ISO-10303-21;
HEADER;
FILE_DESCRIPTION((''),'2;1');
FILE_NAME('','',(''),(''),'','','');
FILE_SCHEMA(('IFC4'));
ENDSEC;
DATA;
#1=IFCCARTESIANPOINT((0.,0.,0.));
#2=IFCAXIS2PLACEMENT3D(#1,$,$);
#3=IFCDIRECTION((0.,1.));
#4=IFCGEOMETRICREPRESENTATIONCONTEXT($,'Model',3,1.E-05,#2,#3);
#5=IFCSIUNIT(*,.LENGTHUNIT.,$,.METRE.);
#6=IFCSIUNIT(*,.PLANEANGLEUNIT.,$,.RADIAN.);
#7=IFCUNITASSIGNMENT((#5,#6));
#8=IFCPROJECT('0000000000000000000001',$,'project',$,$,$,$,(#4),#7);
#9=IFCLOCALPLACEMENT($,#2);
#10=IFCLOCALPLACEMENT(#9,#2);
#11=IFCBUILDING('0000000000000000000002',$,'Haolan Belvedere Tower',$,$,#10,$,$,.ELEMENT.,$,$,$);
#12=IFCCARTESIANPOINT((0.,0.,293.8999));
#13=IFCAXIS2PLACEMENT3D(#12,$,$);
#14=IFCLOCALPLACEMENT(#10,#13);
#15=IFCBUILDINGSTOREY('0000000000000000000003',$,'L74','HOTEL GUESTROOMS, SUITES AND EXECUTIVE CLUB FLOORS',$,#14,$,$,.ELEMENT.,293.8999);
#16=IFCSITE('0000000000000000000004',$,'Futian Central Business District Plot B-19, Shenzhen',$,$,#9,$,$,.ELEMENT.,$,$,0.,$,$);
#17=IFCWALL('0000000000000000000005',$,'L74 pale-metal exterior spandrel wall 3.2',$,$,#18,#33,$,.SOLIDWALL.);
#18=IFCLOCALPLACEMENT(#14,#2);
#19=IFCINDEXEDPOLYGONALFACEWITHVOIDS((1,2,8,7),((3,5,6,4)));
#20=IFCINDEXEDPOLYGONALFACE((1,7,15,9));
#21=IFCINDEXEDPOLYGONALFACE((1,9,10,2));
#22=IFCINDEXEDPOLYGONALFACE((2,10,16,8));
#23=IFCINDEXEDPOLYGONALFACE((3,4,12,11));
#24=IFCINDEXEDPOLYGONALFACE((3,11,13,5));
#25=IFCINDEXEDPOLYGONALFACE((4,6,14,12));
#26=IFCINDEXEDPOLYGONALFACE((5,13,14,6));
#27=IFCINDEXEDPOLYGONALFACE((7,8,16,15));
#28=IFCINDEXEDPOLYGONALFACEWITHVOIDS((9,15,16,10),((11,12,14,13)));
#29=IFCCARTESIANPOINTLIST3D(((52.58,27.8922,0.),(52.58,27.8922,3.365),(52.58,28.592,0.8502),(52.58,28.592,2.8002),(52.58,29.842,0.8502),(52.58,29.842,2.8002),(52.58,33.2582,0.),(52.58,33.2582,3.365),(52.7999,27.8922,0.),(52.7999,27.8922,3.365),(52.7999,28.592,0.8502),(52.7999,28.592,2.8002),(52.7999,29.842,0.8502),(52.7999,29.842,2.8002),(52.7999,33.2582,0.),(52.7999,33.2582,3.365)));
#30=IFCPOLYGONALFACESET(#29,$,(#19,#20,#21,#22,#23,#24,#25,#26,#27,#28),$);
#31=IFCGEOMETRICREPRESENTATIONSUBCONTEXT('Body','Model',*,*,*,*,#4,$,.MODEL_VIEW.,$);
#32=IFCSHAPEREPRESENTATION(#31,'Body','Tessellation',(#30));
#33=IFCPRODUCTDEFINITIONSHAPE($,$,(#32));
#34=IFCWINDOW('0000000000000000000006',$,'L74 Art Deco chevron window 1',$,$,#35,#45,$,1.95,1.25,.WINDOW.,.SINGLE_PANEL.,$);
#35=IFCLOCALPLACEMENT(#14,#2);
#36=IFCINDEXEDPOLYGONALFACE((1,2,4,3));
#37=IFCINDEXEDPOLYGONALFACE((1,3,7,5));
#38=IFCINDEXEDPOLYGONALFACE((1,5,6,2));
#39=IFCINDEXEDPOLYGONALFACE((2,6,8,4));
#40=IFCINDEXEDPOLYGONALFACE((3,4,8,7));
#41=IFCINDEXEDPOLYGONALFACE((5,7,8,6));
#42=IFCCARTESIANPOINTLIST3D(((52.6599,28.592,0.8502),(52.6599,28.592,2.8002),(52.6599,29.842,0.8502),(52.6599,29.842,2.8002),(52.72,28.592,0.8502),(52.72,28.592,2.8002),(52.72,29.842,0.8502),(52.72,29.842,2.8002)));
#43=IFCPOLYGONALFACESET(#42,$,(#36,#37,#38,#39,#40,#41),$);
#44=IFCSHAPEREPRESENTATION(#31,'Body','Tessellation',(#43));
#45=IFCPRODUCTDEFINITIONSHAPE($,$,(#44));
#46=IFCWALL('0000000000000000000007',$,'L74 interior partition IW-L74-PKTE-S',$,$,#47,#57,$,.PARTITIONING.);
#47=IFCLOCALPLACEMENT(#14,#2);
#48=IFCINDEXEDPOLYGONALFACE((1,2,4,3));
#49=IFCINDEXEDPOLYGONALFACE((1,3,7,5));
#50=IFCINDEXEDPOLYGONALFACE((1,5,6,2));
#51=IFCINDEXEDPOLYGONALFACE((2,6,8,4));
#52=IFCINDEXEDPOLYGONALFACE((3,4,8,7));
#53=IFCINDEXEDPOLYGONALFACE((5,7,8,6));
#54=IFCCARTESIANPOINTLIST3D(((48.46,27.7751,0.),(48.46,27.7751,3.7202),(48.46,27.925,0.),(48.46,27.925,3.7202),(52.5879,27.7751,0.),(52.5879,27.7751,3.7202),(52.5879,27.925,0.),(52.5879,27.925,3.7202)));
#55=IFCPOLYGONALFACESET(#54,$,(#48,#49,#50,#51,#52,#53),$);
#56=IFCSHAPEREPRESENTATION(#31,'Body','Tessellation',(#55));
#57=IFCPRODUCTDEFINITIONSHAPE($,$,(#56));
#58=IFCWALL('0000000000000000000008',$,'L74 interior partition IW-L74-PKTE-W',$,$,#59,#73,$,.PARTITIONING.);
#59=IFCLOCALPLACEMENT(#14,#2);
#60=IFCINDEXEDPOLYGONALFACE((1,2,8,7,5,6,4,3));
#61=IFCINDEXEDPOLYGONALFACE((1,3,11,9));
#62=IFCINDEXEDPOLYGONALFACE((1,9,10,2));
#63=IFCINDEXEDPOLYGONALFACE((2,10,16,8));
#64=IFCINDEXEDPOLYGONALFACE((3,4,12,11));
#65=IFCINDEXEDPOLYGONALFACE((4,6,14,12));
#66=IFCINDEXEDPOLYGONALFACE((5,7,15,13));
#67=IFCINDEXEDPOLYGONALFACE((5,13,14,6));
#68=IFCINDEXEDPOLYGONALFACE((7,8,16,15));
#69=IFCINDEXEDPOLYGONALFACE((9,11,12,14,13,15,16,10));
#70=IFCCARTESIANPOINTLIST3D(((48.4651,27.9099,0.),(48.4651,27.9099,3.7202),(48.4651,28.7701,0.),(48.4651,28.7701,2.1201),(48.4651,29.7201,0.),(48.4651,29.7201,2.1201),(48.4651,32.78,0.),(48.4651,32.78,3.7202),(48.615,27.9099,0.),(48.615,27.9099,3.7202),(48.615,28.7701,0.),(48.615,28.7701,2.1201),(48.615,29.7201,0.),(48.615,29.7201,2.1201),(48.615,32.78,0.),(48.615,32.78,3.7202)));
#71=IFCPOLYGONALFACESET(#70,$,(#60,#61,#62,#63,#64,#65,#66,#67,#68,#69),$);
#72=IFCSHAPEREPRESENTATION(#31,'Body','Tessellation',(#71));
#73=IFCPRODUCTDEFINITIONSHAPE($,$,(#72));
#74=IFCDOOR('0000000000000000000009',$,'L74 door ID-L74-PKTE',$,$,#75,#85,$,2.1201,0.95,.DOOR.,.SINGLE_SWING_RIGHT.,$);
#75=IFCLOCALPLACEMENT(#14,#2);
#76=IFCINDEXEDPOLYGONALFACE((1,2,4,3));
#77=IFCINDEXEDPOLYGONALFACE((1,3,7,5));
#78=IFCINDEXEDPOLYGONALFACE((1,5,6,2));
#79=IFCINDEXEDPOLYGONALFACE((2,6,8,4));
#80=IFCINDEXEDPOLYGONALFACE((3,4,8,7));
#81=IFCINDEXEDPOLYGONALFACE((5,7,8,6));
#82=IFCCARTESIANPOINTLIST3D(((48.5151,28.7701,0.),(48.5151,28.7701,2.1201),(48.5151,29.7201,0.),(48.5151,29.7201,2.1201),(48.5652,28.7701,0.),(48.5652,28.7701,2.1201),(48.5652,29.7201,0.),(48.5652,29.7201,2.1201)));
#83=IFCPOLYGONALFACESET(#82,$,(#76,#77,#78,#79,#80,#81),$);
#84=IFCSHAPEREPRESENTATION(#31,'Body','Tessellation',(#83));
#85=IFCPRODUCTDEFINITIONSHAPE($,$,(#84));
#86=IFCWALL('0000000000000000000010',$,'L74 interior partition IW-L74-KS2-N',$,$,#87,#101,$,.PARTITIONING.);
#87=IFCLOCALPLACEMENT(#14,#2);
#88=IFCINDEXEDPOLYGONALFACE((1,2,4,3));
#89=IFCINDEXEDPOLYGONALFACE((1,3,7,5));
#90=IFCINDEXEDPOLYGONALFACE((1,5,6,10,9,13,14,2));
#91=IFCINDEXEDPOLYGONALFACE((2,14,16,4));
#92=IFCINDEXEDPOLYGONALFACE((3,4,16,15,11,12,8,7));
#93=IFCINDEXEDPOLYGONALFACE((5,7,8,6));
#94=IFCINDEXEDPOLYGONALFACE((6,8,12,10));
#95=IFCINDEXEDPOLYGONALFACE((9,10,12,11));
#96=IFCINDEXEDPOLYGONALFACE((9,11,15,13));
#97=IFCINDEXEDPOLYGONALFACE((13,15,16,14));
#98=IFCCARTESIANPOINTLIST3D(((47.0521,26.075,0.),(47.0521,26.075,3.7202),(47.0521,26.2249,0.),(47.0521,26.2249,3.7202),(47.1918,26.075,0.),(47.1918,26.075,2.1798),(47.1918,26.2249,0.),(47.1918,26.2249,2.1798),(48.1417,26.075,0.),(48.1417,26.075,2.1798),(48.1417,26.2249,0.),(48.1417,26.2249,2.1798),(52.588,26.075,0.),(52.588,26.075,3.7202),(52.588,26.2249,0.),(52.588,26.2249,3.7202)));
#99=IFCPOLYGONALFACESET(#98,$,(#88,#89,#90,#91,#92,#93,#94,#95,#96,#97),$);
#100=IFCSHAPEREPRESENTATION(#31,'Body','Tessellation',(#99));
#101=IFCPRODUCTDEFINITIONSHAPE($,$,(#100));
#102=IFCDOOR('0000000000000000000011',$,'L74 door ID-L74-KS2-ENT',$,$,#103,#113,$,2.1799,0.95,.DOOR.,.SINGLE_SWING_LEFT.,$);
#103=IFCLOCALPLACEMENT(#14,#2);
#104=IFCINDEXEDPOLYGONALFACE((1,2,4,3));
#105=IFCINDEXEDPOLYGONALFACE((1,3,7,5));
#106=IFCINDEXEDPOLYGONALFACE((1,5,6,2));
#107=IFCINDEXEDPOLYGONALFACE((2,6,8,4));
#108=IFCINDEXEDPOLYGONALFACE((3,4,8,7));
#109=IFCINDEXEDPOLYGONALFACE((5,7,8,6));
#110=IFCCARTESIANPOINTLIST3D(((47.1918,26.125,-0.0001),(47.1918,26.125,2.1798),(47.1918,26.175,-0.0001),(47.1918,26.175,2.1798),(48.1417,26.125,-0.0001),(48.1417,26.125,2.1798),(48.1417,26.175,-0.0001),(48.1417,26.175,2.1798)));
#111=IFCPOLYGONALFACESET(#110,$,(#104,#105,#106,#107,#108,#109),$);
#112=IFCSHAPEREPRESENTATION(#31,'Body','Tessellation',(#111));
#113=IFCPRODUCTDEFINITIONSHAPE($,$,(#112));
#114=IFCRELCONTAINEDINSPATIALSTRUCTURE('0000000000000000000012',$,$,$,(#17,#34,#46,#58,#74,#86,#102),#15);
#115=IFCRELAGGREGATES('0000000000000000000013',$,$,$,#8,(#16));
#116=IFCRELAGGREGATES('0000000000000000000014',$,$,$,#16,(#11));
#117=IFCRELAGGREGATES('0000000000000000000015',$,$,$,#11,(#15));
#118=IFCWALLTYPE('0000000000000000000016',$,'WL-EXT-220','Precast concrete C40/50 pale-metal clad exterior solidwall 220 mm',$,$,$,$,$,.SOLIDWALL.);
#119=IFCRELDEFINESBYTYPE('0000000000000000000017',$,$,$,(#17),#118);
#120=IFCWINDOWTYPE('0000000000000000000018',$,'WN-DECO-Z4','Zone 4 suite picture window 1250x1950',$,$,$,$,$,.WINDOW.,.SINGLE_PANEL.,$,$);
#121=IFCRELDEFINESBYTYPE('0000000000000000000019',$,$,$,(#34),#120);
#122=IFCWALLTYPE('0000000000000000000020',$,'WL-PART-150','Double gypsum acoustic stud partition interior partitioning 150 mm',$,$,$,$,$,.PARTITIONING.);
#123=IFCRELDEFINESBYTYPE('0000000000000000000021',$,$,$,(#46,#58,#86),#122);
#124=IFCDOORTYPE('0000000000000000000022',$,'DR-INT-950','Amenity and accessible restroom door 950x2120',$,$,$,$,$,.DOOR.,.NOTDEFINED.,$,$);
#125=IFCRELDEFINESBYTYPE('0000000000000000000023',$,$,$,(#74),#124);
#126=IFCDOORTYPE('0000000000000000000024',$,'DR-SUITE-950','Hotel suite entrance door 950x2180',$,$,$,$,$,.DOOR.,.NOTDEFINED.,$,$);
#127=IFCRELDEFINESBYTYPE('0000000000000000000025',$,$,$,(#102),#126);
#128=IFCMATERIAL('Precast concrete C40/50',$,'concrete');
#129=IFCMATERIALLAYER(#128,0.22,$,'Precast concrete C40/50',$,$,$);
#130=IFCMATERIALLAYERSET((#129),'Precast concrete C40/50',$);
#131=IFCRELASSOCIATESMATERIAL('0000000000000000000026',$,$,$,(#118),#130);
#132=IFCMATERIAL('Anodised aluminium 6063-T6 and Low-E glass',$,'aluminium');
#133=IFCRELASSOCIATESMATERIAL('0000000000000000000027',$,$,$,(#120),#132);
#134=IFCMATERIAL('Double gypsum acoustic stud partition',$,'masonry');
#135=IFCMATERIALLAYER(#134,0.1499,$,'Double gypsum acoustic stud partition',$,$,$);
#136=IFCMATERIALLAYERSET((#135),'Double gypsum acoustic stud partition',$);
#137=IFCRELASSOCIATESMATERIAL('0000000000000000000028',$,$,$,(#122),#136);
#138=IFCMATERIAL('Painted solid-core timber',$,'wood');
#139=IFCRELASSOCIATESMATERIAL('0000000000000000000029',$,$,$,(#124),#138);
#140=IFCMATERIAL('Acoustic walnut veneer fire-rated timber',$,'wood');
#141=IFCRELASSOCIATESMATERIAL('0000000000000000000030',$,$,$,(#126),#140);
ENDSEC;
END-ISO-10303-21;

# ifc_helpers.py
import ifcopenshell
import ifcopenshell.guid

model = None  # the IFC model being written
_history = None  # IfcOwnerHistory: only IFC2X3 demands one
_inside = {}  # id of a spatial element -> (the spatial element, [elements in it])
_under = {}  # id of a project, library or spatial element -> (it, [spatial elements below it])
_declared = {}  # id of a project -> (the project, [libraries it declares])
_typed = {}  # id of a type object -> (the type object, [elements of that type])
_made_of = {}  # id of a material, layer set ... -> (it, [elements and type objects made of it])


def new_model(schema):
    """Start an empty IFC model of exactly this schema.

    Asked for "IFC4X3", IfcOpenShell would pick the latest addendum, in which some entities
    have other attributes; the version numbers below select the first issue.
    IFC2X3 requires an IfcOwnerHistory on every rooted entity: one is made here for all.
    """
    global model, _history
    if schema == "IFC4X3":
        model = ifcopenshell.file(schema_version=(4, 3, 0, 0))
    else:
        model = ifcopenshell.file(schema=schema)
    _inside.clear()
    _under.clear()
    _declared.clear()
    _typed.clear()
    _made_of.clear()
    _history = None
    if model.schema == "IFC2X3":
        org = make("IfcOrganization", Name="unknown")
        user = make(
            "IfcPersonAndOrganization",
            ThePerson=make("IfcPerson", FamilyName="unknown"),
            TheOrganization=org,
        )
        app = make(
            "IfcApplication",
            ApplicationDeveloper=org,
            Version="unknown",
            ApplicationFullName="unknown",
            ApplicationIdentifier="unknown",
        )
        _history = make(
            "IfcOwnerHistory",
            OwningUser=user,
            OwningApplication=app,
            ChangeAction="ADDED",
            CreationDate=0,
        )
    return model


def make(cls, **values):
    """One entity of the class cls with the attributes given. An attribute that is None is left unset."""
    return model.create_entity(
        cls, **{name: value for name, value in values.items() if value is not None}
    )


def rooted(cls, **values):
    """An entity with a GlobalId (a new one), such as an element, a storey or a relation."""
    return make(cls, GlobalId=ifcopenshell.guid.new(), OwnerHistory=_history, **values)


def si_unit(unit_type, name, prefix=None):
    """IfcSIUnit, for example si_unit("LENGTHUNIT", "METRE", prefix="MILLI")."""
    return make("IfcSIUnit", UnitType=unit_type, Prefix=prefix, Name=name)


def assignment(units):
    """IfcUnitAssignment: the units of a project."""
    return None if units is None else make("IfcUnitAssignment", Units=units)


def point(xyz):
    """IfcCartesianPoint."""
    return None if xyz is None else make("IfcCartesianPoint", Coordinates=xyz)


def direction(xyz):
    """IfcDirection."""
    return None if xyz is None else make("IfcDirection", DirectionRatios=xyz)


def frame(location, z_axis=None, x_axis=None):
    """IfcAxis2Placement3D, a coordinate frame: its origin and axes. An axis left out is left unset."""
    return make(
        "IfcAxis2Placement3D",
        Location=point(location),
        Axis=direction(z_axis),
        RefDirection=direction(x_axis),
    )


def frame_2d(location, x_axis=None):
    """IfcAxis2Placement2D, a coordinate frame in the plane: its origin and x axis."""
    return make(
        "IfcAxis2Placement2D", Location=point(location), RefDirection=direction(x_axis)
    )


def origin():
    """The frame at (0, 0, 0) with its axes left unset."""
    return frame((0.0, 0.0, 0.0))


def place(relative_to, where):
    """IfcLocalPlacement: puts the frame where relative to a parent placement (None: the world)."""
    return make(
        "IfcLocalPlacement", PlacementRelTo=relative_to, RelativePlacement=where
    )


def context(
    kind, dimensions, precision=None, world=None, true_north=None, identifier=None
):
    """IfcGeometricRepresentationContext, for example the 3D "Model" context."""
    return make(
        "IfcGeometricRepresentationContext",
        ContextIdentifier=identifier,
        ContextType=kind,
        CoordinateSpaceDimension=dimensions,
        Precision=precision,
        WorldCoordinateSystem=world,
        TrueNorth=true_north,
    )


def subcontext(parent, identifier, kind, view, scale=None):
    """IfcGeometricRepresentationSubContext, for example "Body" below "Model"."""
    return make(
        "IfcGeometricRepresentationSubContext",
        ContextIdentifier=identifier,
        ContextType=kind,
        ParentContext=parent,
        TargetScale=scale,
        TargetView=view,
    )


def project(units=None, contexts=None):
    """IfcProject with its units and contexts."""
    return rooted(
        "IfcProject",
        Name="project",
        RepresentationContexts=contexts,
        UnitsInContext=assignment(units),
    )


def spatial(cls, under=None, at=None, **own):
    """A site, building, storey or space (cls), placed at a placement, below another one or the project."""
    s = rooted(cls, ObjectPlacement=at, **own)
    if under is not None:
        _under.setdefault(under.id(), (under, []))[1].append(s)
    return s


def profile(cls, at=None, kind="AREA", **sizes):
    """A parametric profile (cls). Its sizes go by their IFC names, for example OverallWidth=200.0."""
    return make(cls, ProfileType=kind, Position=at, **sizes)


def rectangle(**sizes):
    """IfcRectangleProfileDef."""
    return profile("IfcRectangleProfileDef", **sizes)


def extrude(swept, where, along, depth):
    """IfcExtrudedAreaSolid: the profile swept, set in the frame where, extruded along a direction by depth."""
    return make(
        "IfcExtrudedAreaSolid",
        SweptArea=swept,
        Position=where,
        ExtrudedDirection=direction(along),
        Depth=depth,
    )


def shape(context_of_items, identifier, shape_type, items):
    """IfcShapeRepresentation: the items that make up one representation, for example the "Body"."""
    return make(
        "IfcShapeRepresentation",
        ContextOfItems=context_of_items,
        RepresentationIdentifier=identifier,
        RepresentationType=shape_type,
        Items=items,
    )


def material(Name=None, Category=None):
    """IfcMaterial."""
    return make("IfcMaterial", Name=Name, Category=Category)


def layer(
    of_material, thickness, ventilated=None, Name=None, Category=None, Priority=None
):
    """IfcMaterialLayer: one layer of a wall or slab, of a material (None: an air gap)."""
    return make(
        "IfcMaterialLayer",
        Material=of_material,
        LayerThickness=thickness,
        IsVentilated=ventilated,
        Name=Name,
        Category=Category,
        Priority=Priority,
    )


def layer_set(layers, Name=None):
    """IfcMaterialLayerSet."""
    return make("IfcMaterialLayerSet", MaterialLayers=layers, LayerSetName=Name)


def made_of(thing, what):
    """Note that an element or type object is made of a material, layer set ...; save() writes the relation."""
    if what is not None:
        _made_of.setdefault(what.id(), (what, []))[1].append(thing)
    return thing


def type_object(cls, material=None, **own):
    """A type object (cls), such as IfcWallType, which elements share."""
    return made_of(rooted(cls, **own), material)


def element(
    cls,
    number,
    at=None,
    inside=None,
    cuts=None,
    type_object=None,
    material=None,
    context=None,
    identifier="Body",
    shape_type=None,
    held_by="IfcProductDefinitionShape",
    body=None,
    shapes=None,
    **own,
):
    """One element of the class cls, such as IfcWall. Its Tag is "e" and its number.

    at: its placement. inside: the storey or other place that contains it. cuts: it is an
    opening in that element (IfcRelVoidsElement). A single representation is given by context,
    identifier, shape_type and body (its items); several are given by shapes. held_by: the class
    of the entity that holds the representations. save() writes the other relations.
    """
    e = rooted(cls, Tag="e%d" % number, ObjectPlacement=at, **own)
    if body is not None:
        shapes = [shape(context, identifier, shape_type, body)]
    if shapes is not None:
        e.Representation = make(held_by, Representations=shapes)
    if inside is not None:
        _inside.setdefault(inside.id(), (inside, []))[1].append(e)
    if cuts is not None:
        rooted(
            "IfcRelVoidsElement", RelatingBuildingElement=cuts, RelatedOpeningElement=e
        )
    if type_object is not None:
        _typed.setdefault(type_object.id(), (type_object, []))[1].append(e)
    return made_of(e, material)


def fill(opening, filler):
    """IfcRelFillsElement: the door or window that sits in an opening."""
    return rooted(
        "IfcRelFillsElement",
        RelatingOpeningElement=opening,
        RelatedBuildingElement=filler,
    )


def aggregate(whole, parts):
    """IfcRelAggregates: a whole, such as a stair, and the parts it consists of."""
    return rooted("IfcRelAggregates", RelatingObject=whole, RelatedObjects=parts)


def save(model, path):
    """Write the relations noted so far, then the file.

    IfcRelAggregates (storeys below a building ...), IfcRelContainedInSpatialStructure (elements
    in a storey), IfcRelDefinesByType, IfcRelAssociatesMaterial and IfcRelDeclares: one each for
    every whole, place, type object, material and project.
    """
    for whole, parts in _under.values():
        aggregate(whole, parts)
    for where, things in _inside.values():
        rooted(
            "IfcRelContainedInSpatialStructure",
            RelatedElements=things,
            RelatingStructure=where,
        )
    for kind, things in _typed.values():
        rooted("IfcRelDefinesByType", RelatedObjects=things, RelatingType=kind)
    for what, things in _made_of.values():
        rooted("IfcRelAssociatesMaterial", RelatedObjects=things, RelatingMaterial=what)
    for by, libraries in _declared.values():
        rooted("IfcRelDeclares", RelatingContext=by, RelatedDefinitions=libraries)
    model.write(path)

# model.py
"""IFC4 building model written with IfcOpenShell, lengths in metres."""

from ifc_helpers import new_model, si_unit, direction, frame, frame_2d, origin, place, context, subcontext, project, spatial, rectangle, extrude, material, layer, layer_set, type_object, element, fill, save


model = new_model("IFC4")

# Units and contexts
model_context = context("Model", 3, precision=1e-05, world=origin(), true_north=direction((0.0, 1.0)))
body_context = subcontext(model_context, "Body", "Model", "MODEL_VIEW")
ifc_project = project(units=[si_unit("LENGTHUNIT", "METRE"), si_unit("PLANEANGLEUNIT", "RADIAN")], contexts=[model_context])

# Site, building, storey
site_placement = place(None, origin())
site = spatial("IfcSite", under=ifc_project, at=site_placement, Name="Futian Central Business District Plot B-19, Shenzhen", CompositionType="ELEMENT", RefElevation=0.0)
building_placement = place(site_placement, origin())
building = spatial("IfcBuilding", under=site, at=building_placement, Name="Haolan Belvedere Tower", CompositionType="ELEMENT")
storey_placement = place(building_placement, frame((0.0, 0.0, 293.8999)))
storey = spatial("IfcBuildingStorey", under=building, at=storey_placement, Name="L74", Description="HOTEL GUESTROOMS, SUITES AND EXECUTIVE CLUB FLOORS", CompositionType="ELEMENT", Elevation=293.8999)

# Wall, opening, window
ifc_material_1 = material(Name="Precast concrete C40/50", Category="concrete")
ifc_layer_1 = layer(ifc_material_1, 0.22, Name="Precast concrete C40/50")
ifc_layer_set_1 = layer_set([ifc_layer_1], Name="Precast concrete C40/50")
wall_type_1 = type_object("IfcWallType", Name="WL-EXT-220", Description="Precast concrete C40/50 pale-metal clad exterior solidwall 220 mm", PredefinedType="SOLIDWALL", material=ifc_layer_set_1)
ifc_material_2 = material(Name="Anodised aluminium 6063-T6 and Low-E glass", Category="aluminium")
window_type = type_object("IfcWindowType", Name="WN-DECO-Z4", Description="Zone 4 suite picture window 1250x1950", PartitioningType="SINGLE_PANEL", PredefinedType="WINDOW", material=ifc_material_2)
wall_1_placement = place(storey_placement, frame((52.6899, 27.8921, 0.0), z_axis=(0.0, 0.0, 1.0), x_axis=(0.0, 1.0, 0.0)))
wall_1 = element("IfcWall", 1, at=wall_1_placement, inside=storey, type_object=wall_type_1, Name="L74 pale-metal exterior spandrel wall 3.2", PredefinedType="SOLIDWALL", context=body_context, shape_type="SweptSolid", body=[
    extrude(rectangle(XDim=5.366, YDim=0.22, at=frame_2d((2.6831, 0.0))), origin(), (0.0, 0.0, 1.0), 3.365),
])
opening_1_placement = place(wall_1_placement, frame((0.7, 0.0, 0.8501)))
opening_1 = element("IfcOpeningElement", 2, at=opening_1_placement, cuts=wall_1, PredefinedType="OPENING", context=body_context, shape_type="SweptSolid", body=[
    extrude(rectangle(XDim=1.25, YDim=1.95, at=frame_2d((0.625, 0.9751))), frame((0.0, 0.1199, 0.0), z_axis=(0.0, -1.0, 0.0), x_axis=(1.0, 0.0, 0.0)), (0.0, 0.0, 1.0), 0.24),
])
window_1_placement = place(opening_1_placement, origin())
window_1 = element("IfcWindow", 3, at=window_1_placement, inside=storey, type_object=window_type, Name="L74 Art Deco chevron window 1", OverallHeight=1.95, OverallWidth=1.25, PartitioningType="SINGLE_PANEL", PredefinedType="WINDOW", context=body_context, shape_type="SweptSolid", body=[
    extrude(rectangle(XDim=1.25, YDim=1.95, at=frame_2d((0.625, 0.9751))), frame((0.0, 0.03, 0.0), z_axis=(0.0, -1.0, 0.0), x_axis=(1.0, 0.0, 0.0)), (0.0, 0.0, 1.0), 0.0601),
])
fill(opening_1, window_1)

# Wall
ifc_material_3 = material(Name="Double gypsum acoustic stud partition", Category="masonry")
ifc_layer_2 = layer(ifc_material_3, 0.1499, Name="Double gypsum acoustic stud partition")
ifc_layer_set_2 = layer_set([ifc_layer_2], Name="Double gypsum acoustic stud partition")
wall_type_2 = type_object("IfcWallType", Name="WL-PART-150", Description="Double gypsum acoustic stud partition interior partitioning 150 mm", PredefinedType="PARTITIONING", material=ifc_layer_set_2)
wall_2_placement = place(storey_placement, frame((48.46, 27.8501, 0.0), z_axis=(0.0, 0.0, 1.0), x_axis=(1.0, 0.0, 0.0)))
element("IfcWall", 4, at=wall_2_placement, inside=storey, type_object=wall_type_2, Name="L74 interior partition IW-L74-PKTE-S", PredefinedType="PARTITIONING", context=body_context, shape_type="SweptSolid", body=[
    extrude(rectangle(XDim=4.1279, YDim=0.1499, at=frame_2d((2.064, 0.0))), origin(), (0.0, 0.0, 1.0), 3.7202),
])

# Walls, openings, doors
wall_3_placement = place(storey_placement, frame((48.54, 27.9099, 0.0), z_axis=(0.0, 0.0, 1.0), x_axis=(0.0, 1.0, 0.0)))
wall_3 = element("IfcWall", 5, at=wall_3_placement, inside=storey, type_object=wall_type_2, Name="L74 interior partition IW-L74-PKTE-W", PredefinedType="PARTITIONING", context=body_context, shape_type="SweptSolid", body=[
    extrude(rectangle(XDim=4.8701, YDim=0.1499, at=frame_2d((2.4351, 0.0))), origin(), (0.0, 0.0, 1.0), 3.7202),
])
opening_2_placement = place(wall_3_placement, frame((0.8601, 0.0, 0.0)))
opening_2 = element("IfcOpeningElement", 6, at=opening_2_placement, cuts=wall_3, PredefinedType="OPENING", context=body_context, shape_type="SweptSolid", body=[
    extrude(rectangle(XDim=0.95, YDim=2.1201, at=frame_2d((0.4751, 1.0601))), frame((0.0, 0.085, 0.0), z_axis=(0.0, -1.0, 0.0), x_axis=(1.0, 0.0, 0.0)), (0.0, 0.0, 1.0), 0.1699),
])
ifc_material_4 = material(Name="Painted solid-core timber", Category="wood")
door_type_1 = type_object("IfcDoorType", Name="DR-INT-950", Description="Amenity and accessible restroom door 950x2120", OperationType="NOTDEFINED", PredefinedType="DOOR", material=ifc_material_4)
door_1_placement = place(opening_2_placement, origin())
door_1 = element("IfcDoor", 7, at=door_1_placement, inside=storey, type_object=door_type_1, Name="L74 door ID-L74-PKTE", OperationType="SINGLE_SWING_RIGHT", OverallHeight=2.1201, OverallWidth=0.95, PredefinedType="DOOR", context=body_context, shape_type="SweptSolid", body=[
    extrude(rectangle(XDim=0.95, YDim=2.1201, at=frame_2d((0.4751, 1.0601))), frame((0.0, 0.0249, 0.0), z_axis=(0.0, -1.0, 0.0), x_axis=(1.0, 0.0, 0.0)), (0.0, 0.0, 1.0), 0.05),
])
fill(opening_2, door_1)
wall_4_placement = place(storey_placement, frame((47.052, 26.1499, 0.0), z_axis=(0.0, 0.0, 1.0), x_axis=(1.0, 0.0, 0.0)))
wall_4 = element("IfcWall", 8, at=wall_4_placement, inside=storey, type_object=wall_type_2, Name="L74 interior partition IW-L74-KS2-N", PredefinedType="PARTITIONING", context=body_context, shape_type="SweptSolid", body=[
    extrude(rectangle(XDim=5.5359, YDim=0.1499, at=frame_2d((2.7681, 0.0))), origin(), (0.0, 0.0, 1.0), 3.7202),
])
opening_3_placement = place(wall_4_placement, frame((1.0898, 0.0, 0.0), z_axis=(0.0, 0.0, 1.0), x_axis=(-1.0, 0.0, 0.0)))
opening_3 = element("IfcOpeningElement", 9, at=opening_3_placement, cuts=wall_4, PredefinedType="OPENING", context=body_context, shape_type="SweptSolid", body=[
    extrude(rectangle(XDim=0.95, YDim=2.1799, at=frame_2d((0.4751, 1.0898))), frame((0.0, 0.085, 0.0), z_axis=(0.0, -1.0, 0.0), x_axis=(1.0, 0.0, 0.0)), (0.0, 0.0, 1.0), 0.1699),
])
ifc_material_5 = material(Name="Acoustic walnut veneer fire-rated timber", Category="wood")
door_type_2 = type_object("IfcDoorType", Name="DR-SUITE-950", Description="Hotel suite entrance door 950x2180", OperationType="NOTDEFINED", PredefinedType="DOOR", material=ifc_material_5)
door_2_placement = place(opening_3_placement, origin())
door_2 = element("IfcDoor", 10, at=door_2_placement, inside=storey, type_object=door_type_2, Name="L74 door ID-L74-KS2-ENT", OperationType="SINGLE_SWING_LEFT", OverallHeight=2.1799, OverallWidth=0.95, PredefinedType="DOOR", context=body_context, shape_type="SweptSolid", body=[
    extrude(rectangle(XDim=0.95, YDim=2.1799, at=frame_2d((0.4751, 1.0898))), frame((0.0, 0.0249, 0.0), z_axis=(0.0, -1.0, 0.0), x_axis=(1.0, 0.0, 0.0)), (0.0, 0.0, 1.0), 0.05),
])
fill(opening_3, door_2)

save(model, "model.ifc")
